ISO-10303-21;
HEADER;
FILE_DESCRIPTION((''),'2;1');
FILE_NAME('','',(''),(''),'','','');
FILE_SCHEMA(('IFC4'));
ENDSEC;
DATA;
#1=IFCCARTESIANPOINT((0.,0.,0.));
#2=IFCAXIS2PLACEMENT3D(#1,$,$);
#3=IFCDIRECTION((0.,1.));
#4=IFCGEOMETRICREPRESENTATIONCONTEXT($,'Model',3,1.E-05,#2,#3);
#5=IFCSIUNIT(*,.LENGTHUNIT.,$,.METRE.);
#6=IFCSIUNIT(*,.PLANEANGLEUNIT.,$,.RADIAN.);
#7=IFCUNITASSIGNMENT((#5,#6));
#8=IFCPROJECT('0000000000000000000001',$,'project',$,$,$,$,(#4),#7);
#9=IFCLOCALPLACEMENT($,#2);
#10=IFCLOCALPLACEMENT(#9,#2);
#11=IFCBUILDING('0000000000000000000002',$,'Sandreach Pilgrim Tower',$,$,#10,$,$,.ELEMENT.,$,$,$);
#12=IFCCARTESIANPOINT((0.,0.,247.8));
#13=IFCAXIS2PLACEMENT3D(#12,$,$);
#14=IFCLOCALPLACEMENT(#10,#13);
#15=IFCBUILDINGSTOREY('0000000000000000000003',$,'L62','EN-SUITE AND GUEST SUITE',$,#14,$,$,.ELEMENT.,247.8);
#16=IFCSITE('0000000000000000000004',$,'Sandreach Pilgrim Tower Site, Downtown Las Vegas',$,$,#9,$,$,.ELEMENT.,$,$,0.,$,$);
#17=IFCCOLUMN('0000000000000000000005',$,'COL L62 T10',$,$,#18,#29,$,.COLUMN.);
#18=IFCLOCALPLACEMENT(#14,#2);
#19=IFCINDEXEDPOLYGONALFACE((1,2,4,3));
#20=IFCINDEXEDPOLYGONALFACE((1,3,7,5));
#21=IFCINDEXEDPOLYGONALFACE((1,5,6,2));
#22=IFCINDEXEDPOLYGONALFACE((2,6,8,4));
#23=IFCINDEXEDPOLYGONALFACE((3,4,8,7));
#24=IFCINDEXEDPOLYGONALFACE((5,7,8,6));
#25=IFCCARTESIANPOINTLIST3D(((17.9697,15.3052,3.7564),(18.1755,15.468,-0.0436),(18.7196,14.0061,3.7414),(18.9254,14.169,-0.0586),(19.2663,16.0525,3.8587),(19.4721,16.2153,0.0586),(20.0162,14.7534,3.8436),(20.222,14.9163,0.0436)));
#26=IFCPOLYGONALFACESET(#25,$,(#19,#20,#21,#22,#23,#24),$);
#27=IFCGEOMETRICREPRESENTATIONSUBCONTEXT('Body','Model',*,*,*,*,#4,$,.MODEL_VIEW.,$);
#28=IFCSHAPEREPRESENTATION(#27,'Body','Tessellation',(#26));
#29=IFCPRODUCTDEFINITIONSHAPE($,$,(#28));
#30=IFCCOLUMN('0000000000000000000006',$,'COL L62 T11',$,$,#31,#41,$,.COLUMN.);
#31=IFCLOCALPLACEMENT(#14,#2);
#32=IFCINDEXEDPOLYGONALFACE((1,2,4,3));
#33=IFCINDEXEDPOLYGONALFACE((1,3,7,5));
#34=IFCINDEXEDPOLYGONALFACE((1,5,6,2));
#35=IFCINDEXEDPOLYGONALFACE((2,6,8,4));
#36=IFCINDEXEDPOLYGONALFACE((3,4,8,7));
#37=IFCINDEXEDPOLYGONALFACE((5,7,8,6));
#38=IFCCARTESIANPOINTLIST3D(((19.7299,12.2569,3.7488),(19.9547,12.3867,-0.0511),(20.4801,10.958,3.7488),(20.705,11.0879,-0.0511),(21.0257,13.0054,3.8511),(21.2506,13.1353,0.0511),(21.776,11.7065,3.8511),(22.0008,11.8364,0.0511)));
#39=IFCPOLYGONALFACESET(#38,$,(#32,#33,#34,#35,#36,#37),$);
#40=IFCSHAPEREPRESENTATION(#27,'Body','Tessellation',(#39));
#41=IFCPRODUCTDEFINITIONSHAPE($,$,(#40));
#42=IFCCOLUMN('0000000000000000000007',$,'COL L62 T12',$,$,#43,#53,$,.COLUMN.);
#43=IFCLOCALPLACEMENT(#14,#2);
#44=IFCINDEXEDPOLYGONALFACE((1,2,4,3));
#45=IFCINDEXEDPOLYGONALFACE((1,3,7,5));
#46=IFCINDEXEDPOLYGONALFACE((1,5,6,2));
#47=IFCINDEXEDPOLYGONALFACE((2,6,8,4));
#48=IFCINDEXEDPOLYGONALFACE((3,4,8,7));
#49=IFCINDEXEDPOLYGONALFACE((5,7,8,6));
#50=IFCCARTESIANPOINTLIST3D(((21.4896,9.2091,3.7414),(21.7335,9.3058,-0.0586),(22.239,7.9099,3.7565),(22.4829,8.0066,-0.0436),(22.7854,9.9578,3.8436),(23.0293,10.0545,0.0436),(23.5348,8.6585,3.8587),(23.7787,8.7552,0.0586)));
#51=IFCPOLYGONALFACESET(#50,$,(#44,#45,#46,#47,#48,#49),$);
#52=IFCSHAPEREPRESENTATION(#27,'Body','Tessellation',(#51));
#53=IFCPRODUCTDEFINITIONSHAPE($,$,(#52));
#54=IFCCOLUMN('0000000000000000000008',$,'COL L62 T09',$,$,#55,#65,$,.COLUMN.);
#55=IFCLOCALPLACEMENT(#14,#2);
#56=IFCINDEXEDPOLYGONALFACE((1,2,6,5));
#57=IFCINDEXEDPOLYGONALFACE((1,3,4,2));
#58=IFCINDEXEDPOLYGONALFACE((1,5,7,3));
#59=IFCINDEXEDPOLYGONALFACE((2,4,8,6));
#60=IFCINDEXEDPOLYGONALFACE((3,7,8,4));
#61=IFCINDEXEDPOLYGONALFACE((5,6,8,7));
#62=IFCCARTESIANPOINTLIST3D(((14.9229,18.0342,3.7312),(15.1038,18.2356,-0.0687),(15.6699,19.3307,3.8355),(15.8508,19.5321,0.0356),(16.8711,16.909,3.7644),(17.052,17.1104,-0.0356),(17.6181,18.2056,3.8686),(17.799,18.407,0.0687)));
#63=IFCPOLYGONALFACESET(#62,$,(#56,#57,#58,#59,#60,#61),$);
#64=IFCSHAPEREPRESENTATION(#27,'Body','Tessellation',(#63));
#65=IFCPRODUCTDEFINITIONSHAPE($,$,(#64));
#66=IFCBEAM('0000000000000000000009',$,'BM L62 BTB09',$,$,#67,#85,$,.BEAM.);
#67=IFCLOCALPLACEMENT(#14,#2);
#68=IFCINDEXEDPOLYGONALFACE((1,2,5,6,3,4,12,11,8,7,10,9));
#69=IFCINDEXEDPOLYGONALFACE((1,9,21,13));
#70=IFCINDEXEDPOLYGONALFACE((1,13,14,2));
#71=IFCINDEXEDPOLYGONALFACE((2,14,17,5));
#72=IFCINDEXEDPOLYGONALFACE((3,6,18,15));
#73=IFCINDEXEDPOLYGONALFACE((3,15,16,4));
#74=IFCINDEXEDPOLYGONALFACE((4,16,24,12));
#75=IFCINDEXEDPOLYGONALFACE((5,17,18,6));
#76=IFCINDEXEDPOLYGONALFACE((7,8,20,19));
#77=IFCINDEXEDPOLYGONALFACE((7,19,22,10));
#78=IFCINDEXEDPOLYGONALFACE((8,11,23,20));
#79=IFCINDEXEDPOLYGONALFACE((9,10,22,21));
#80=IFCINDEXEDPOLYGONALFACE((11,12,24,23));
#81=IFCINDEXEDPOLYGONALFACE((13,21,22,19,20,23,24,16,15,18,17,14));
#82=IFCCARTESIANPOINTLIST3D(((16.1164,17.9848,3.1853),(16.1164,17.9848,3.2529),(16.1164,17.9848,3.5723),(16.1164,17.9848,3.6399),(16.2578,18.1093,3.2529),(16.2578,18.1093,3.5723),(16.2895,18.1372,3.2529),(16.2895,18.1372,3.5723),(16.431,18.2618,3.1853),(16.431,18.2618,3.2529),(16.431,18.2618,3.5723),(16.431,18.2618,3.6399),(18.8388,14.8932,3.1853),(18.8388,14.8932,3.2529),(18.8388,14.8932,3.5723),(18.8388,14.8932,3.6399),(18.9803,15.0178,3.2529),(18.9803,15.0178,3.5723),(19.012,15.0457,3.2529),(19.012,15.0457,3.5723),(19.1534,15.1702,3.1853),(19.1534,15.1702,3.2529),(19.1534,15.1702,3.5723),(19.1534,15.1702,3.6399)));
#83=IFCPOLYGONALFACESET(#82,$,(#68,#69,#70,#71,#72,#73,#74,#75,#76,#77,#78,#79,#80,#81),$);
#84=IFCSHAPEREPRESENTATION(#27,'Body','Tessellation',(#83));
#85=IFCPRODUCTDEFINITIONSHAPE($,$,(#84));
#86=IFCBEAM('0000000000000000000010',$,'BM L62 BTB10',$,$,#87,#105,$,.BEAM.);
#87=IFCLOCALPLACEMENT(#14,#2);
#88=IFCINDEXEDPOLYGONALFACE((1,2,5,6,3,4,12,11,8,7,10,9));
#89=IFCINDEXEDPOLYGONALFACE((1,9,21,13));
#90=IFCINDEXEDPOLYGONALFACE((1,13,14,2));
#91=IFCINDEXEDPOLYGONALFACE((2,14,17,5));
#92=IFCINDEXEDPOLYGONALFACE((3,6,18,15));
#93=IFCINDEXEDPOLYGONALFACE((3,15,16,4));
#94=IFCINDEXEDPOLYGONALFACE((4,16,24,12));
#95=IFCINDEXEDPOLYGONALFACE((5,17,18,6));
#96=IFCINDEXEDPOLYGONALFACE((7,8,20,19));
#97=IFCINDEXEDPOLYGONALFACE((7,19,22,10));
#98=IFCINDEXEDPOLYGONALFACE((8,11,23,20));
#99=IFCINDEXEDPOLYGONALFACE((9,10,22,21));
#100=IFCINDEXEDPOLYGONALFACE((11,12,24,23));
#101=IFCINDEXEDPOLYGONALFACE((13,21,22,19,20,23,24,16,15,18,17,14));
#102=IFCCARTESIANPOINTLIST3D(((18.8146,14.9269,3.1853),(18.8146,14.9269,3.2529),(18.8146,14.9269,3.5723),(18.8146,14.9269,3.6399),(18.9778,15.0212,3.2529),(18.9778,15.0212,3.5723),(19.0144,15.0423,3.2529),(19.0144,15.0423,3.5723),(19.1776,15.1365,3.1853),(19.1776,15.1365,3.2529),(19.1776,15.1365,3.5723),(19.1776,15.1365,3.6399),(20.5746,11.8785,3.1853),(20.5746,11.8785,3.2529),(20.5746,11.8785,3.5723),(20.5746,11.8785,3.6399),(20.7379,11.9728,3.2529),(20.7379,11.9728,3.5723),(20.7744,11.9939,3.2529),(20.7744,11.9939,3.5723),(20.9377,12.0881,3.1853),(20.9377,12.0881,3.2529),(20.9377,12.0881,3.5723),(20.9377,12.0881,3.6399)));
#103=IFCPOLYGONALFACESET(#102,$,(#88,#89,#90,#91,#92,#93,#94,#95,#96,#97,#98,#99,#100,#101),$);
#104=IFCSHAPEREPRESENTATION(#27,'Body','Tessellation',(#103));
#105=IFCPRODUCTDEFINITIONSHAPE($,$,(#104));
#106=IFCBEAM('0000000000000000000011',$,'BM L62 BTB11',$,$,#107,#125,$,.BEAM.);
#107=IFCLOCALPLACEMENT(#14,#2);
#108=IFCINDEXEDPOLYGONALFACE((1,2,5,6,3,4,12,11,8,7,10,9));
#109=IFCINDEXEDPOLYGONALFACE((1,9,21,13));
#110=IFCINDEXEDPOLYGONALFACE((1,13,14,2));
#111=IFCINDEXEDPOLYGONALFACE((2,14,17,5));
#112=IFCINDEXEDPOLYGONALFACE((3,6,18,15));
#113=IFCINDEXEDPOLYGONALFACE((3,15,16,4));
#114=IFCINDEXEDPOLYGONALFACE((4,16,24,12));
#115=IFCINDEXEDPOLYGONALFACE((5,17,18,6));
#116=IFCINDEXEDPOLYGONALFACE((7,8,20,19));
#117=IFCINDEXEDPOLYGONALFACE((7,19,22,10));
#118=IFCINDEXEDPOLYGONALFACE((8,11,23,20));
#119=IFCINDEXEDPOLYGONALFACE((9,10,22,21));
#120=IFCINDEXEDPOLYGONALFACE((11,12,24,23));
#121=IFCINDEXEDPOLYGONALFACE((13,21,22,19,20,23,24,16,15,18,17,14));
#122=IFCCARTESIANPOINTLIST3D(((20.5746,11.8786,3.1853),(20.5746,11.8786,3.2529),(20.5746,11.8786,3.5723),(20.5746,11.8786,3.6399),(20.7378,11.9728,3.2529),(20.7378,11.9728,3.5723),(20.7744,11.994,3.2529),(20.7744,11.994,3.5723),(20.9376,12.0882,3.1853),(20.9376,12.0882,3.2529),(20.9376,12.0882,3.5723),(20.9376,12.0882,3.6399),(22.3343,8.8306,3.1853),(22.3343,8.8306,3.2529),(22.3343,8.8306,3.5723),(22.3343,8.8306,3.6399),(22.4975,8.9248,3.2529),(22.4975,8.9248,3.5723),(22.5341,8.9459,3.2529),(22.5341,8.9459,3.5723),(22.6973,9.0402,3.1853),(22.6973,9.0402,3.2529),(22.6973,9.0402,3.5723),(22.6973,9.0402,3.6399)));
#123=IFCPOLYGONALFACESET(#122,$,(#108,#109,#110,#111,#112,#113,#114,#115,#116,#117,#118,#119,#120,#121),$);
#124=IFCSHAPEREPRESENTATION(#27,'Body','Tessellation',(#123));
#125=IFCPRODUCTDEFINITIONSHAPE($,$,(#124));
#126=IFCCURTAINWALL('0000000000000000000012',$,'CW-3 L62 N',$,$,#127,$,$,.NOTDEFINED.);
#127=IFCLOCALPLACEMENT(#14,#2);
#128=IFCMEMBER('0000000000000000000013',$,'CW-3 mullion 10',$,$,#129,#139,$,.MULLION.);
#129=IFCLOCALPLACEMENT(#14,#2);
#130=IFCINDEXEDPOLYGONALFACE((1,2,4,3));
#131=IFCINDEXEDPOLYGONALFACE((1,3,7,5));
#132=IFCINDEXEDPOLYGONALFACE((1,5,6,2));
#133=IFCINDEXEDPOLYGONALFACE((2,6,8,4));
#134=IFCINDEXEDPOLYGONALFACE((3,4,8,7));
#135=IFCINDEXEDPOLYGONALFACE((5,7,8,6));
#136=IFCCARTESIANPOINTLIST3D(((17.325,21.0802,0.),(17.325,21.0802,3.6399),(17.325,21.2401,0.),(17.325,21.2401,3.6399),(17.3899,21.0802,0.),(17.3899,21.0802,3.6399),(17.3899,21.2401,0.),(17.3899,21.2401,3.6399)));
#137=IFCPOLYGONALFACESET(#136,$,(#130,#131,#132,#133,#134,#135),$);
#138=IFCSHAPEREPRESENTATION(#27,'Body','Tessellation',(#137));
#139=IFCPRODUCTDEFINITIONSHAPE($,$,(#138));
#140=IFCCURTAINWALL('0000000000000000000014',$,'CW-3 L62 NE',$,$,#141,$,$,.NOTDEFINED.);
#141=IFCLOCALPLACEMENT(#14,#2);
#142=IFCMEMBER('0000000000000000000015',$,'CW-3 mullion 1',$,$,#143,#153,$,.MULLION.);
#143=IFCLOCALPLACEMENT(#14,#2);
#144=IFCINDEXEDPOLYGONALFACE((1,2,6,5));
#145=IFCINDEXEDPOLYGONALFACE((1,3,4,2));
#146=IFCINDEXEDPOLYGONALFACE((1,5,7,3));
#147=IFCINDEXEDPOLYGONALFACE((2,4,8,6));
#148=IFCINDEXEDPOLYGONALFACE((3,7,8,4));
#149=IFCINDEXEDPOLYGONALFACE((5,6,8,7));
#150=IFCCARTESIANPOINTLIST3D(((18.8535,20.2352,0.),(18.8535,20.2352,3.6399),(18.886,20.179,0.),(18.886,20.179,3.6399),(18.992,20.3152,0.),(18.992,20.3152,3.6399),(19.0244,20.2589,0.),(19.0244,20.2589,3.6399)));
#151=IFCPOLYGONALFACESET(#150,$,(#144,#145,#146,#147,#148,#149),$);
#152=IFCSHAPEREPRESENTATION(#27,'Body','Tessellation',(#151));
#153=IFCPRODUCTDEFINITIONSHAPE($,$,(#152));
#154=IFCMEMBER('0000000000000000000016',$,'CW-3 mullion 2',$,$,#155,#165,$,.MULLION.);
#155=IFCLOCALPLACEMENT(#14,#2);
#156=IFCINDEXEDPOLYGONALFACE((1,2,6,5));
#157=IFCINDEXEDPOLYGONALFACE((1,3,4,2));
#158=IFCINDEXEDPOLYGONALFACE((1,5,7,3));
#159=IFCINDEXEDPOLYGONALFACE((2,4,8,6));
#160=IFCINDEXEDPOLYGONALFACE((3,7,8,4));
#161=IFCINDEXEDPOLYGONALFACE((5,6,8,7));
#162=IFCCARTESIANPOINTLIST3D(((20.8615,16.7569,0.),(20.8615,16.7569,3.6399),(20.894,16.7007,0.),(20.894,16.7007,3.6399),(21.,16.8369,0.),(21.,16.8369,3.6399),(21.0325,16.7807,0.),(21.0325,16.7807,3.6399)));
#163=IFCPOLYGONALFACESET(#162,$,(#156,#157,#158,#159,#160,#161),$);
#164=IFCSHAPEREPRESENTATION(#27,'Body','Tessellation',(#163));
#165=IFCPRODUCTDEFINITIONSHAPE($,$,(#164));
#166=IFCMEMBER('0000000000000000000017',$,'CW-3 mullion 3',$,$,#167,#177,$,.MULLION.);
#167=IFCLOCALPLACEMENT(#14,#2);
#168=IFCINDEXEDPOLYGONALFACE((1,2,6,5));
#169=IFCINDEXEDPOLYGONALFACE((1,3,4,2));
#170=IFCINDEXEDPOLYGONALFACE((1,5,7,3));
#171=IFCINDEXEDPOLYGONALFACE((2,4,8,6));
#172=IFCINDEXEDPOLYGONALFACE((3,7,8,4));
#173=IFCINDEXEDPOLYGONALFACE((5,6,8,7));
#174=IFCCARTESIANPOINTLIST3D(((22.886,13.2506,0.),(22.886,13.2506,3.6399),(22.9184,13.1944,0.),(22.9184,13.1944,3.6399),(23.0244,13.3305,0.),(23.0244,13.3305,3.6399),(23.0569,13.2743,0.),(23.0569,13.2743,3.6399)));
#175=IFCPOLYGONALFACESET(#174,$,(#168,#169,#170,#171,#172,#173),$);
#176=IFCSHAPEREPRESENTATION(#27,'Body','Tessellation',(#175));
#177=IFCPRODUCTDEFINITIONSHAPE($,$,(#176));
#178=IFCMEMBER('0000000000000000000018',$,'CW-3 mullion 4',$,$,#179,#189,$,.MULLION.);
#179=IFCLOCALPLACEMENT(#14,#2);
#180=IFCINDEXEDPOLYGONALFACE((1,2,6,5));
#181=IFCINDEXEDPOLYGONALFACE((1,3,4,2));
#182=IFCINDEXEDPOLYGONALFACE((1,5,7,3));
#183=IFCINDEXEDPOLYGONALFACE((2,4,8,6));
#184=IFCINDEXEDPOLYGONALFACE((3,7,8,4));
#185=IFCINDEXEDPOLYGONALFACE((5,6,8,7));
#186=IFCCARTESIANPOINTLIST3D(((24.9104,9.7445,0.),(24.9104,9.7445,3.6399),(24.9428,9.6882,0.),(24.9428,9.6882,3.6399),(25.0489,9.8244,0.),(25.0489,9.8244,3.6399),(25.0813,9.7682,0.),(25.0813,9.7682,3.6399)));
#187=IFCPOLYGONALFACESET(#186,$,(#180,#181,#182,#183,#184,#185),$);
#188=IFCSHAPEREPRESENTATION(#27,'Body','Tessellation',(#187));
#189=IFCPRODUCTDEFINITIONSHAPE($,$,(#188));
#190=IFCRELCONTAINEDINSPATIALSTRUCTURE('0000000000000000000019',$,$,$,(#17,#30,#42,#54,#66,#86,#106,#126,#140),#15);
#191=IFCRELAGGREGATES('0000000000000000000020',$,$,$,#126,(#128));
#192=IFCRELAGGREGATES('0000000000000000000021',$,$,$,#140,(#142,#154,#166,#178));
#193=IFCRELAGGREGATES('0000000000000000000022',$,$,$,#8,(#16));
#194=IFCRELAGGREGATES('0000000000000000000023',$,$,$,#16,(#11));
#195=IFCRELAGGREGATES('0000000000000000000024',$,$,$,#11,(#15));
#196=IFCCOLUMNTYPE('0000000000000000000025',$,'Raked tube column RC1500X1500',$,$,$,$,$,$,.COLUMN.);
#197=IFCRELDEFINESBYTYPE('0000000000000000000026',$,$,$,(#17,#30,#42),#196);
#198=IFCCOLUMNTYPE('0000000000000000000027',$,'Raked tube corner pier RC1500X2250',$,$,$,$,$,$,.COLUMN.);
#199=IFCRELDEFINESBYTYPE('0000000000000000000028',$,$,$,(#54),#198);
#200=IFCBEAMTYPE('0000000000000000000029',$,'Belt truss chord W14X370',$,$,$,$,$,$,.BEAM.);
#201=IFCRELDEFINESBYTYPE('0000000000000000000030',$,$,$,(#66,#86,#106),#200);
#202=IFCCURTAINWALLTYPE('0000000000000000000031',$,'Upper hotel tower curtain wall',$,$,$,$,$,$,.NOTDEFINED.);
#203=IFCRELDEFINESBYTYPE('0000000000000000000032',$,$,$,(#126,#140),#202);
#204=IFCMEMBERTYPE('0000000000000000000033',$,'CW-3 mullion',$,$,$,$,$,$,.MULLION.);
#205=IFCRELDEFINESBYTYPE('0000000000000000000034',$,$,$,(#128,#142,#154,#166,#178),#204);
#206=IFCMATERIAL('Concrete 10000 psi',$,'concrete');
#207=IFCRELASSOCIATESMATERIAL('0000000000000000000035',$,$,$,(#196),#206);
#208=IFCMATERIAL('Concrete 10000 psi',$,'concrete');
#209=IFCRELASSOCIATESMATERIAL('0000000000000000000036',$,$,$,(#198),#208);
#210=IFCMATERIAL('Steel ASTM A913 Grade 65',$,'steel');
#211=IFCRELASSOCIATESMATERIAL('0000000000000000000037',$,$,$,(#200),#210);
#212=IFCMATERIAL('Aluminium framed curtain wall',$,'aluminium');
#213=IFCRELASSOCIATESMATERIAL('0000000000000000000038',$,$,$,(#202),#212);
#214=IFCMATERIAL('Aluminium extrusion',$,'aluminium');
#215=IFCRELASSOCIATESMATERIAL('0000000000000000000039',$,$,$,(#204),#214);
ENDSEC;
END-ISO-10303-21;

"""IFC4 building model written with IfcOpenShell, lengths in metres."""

from ifc_helpers import new_model, si_unit, direction, frame, origin, origin_2d, place, context, subcontext, project, spatial, rectangle, i_section, extrude, material, material_profile, profile_set, type_object, element, aggregate, save


model = new_model("IFC4")

# Units and contexts
model_context = context("Model", 3, precision=1e-05, world=origin(), true_north=direction((0.0, 1.0)))
body_context = subcontext(model_context, "Body", "Model", "MODEL_VIEW")
ifc_project = project(units=[si_unit("LENGTHUNIT", "METRE"), si_unit("PLANEANGLEUNIT", "RADIAN")], contexts=[model_context])

# Site, building, storey
site_placement = place(None, origin())
site = spatial("IfcSite", under=ifc_project, at=site_placement, Name="Sandreach Pilgrim Tower Site, Downtown Las Vegas", CompositionType="ELEMENT", RefElevation=0.0)
building_placement = place(site_placement, origin())
building = spatial("IfcBuilding", under=site, at=building_placement, Name="Sandreach Pilgrim Tower", CompositionType="ELEMENT")
storey_placement = place(building_placement, frame((0.0, 0.0, 247.8)))
storey = spatial("IfcBuildingStorey", under=building, at=storey_placement, Name="L62", Description="EN-SUITE AND GUEST SUITE", CompositionType="ELEMENT", Elevation=247.8)

# Columns
ifc_material_1 = material(Name="Concrete 10000 psi", Category="concrete")
ifc_material_profile_1 = material_profile(ifc_material_1, rectangle(XDim=1.5, YDim=1.5, at=origin_2d()), Name="RC1500X1500")
ifc_profile_set_1 = profile_set([ifc_material_profile_1], Name="Concrete 10000 psi")
column_type_1 = type_object("IfcColumnType", Name="Raked tube column RC1500X1500", PredefinedType="COLUMN", material=ifc_profile_set_1)
column_1_placement = place(storey_placement, frame((19.1987, 15.1921, 0.0), z_axis=(-0.054031, -0.042751, 0.997624), x_axis=(0.864378, 0.498202, 0.068164)))
element("IfcColumn", 1, at=column_1_placement, inside=storey, type_object=column_type_1, Name="COL L62 T10", PredefinedType="COLUMN", context=body_context, shape_type="SweptSolid", body=[
    extrude(rectangle(XDim=1.5, YDim=1.5, at=origin_2d()), origin(), (0.0, 0.0, 1.0), 3.8091),
])
column_2_placement = place(storey_placement, frame((20.9778, 12.1116, 0.0), z_axis=(-0.059034, -0.0341, 0.997673), x_axis=(0.863905, 0.49902, 0.068174)))
element("IfcColumn", 2, at=column_2_placement, inside=storey, type_object=column_type_1, Name="COL L62 T11", PredefinedType="COLUMN", context=body_context, shape_type="SweptSolid", body=[
    extrude(rectangle(XDim=1.5, YDim=1.5, at=origin_2d()), origin(), (0.0, 0.0, 1.0), 3.8088),
])
column_3_placement = place(storey_placement, frame((22.7561, 9.0305, 0.0), z_axis=(-0.06403, -0.025381, 0.997625), x_axis=(0.863863, 0.499096, 0.068143)))
element("IfcColumn", 3, at=column_3_placement, inside=storey, type_object=column_type_1, Name="COL L62 T12", PredefinedType="COLUMN", context=body_context, shape_type="SweptSolid", body=[
    extrude(rectangle(XDim=1.5, YDim=1.5, at=origin_2d()), origin(), (0.0, 0.0, 1.0), 3.8091),
])
ifc_material_2 = material(Name="Concrete 10000 psi", Category="concrete")
ifc_material_profile_2 = material_profile(ifc_material_2, rectangle(XDim=1.5, YDim=2.25, at=origin_2d()), Name="RC1500X2250")
ifc_profile_set_2 = profile_set([ifc_material_profile_2], Name="Concrete 10000 psi")
column_type_2 = type_object("IfcColumnType", Name="Raked tube corner pier RC1500X2250", PredefinedType="COLUMN", material=ifc_profile_set_2)
column_4_placement = place(storey_placement, frame((16.4514, 18.3213, 0.0), z_axis=(-0.047486, -0.05287, 0.997472), x_axis=(0.49802, 0.864374, 0.069524)))
element("IfcColumn", 4, at=column_4_placement, inside=storey, type_object=column_type_2, Name="COL L62 T09", PredefinedType="COLUMN", context=body_context, shape_type="SweptSolid", body=[
    extrude(rectangle(XDim=1.5, YDim=2.25, at=origin_2d()), origin(), (0.0, 0.0, 1.0), 3.8096),
])

# Beams
ifc_material_3 = material(Name="Steel ASTM A913 Grade 65", Category="steel")
ifc_material_profile_3 = material_profile(ifc_material_3, i_section(OverallWidth=0.4192, OverallDepth=0.4546, WebThickness=0.0422, FlangeThickness=0.0676, at=origin_2d()), Name="W14X370")
ifc_profile_set_3 = profile_set([ifc_material_profile_3], Name="Steel ASTM A913 Grade 65")
beam_type_1 = type_object("IfcBeamType", Name="Belt truss chord W14X370", PredefinedType="BEAM", material=ifc_profile_set_3)
beam_1_placement = place(storey_placement, frame((16.2737, 18.1233, 3.4126), z_axis=(0.66088, -0.750491, 0.0), x_axis=(0.750491, 0.66088, 0.0)))
element("IfcBeam", 5, at=beam_1_placement, inside=storey, type_object=beam_type_1, Name="BM L62 BTB09", PredefinedType="BEAM", context=body_context, shape_type="SweptSolid", body=[
    extrude(i_section(OverallWidth=0.4192, OverallDepth=0.4546, WebThickness=0.0422, FlangeThickness=0.0676, at=origin_2d()), origin(), (0.0, 0.0, 1.0), 4.1194),
])
beam_2_placement = place(storey_placement, frame((18.9961, 15.0317, 3.4126), z_axis=(0.500011, -0.866019, 0.0), x_axis=(0.866019, 0.500011, 0.0)))
element("IfcBeam", 6, at=beam_2_placement, inside=storey, type_object=beam_type_1, Name="BM L62 BTB10", PredefinedType="BEAM", context=body_context, shape_type="SweptSolid", body=[
    extrude(i_section(OverallWidth=0.4192, OverallDepth=0.4546, WebThickness=0.0422, FlangeThickness=0.0676, at=origin_2d()), origin(), (0.0, 0.0, 1.0), 3.52),
])
beam_3_placement = place(storey_placement, frame((20.7561, 11.9834, 3.4126), z_axis=(0.499989, -0.866032, 0.0), x_axis=(0.866032, 0.499989, 0.0)))
element("IfcBeam", 7, at=beam_3_placement, inside=storey, type_object=beam_type_1, Name="BM L62 BTB11", PredefinedType="BEAM", context=body_context, shape_type="SweptSolid", body=[
    extrude(i_section(OverallWidth=0.4192, OverallDepth=0.4546, WebThickness=0.0422, FlangeThickness=0.0676, at=origin_2d()), origin(), (0.0, 0.0, 1.0), 3.5195),
])

# Curtain wall, member
ifc_material_4 = material(Name="Aluminium framed curtain wall", Category="aluminium")
curtain_wall_type = type_object("IfcCurtainWallType", Name="Upper hotel tower curtain wall", PredefinedType="NOTDEFINED", material=ifc_material_4)
curtain_wall_1_placement = place(storey_placement, origin())
curtain_wall_1 = element("IfcCurtainWall", 8, at=curtain_wall_1_placement, inside=storey, type_object=curtain_wall_type, Name="CW-3 L62 N", PredefinedType="NOTDEFINED")
ifc_material_5 = material(Name="Aluminium extrusion", Category="aluminium")
ifc_material_profile_4 = material_profile(ifc_material_5, rectangle(XDim=0.0649, YDim=0.1599, at=origin_2d()), Name="CW-3M 65X160")
ifc_profile_set_4 = profile_set([ifc_material_profile_4], Name="Aluminium extrusion")
member_type_1 = type_object("IfcMemberType", Name="CW-3 mullion", PredefinedType="MULLION", material=ifc_profile_set_4)
member_1_placement = place(storey_placement, frame((17.3574, 21.1602, 0.0), z_axis=(0.0, 0.0, 1.0), x_axis=(1.0, 0.0, 0.0)))
member_1 = element("IfcMember", 9, at=member_1_placement, type_object=member_type_1, Name="CW-3 mullion 10", PredefinedType="MULLION", context=body_context, shape_type="SweptSolid", body=[
    extrude(rectangle(XDim=0.0649, YDim=0.1599, at=origin_2d()), origin(), (0.0, 0.0, 1.0), 3.6399),
])
aggregate(curtain_wall_1, [member_1])

# Curtain wall, members
curtain_wall_2_placement = place(storey_placement, origin())
curtain_wall_2 = element("IfcCurtainWall", 10, at=curtain_wall_2_placement, inside=storey, type_object=curtain_wall_type, Name="CW-3 L62 NE", PredefinedType="NOTDEFINED")
member_2_placement = place(storey_placement, frame((18.939, 20.2471, 0.0), z_axis=(0.0, 0.0, 1.0), x_axis=(0.5, -0.866025, 0.0)))
member_2 = element("IfcMember", 11, at=member_2_placement, type_object=member_type_1, Name="CW-3 mullion 1", PredefinedType="MULLION", context=body_context, shape_type="SweptSolid", body=[
    extrude(rectangle(XDim=0.0649, YDim=0.1599, at=origin_2d()), origin(), (0.0, 0.0, 1.0), 3.6399),
])
member_3_placement = place(storey_placement, frame((20.947, 16.7688, 0.0), z_axis=(0.0, 0.0, 1.0), x_axis=(0.5, -0.866025, 0.0)))
member_3 = element("IfcMember", 12, at=member_3_placement, type_object=member_type_1, Name="CW-3 mullion 2", PredefinedType="MULLION", context=body_context, shape_type="SweptSolid", body=[
    extrude(rectangle(XDim=0.0649, YDim=0.1599, at=origin_2d()), origin(), (0.0, 0.0, 1.0), 3.6399),
])
member_4_placement = place(storey_placement, frame((22.9714, 13.2625, 0.0), z_axis=(0.0, 0.0, 1.0), x_axis=(0.5, -0.866025, 0.0)))
member_4 = element("IfcMember", 13, at=member_4_placement, type_object=member_type_1, Name="CW-3 mullion 3", PredefinedType="MULLION", context=body_context, shape_type="SweptSolid", body=[
    extrude(rectangle(XDim=0.0649, YDim=0.1599, at=origin_2d()), origin(), (0.0, 0.0, 1.0), 3.6399),
])
member_5_placement = place(storey_placement, frame((24.9958, 9.7563, 0.0), z_axis=(0.0, 0.0, 1.0), x_axis=(0.5, -0.866025, 0.0)))
member_5 = element("IfcMember", 14, at=member_5_placement, type_object=member_type_1, Name="CW-3 mullion 4", PredefinedType="MULLION", context=body_context, shape_type="SweptSolid", body=[
    extrude(rectangle(XDim=0.0649, YDim=0.1599, at=origin_2d()), origin(), (0.0, 0.0, 1.0), 3.6399),
])

aggregate(curtain_wall_2, [member_2, member_3, member_4, member_5])

save(model, "model.ifc")
